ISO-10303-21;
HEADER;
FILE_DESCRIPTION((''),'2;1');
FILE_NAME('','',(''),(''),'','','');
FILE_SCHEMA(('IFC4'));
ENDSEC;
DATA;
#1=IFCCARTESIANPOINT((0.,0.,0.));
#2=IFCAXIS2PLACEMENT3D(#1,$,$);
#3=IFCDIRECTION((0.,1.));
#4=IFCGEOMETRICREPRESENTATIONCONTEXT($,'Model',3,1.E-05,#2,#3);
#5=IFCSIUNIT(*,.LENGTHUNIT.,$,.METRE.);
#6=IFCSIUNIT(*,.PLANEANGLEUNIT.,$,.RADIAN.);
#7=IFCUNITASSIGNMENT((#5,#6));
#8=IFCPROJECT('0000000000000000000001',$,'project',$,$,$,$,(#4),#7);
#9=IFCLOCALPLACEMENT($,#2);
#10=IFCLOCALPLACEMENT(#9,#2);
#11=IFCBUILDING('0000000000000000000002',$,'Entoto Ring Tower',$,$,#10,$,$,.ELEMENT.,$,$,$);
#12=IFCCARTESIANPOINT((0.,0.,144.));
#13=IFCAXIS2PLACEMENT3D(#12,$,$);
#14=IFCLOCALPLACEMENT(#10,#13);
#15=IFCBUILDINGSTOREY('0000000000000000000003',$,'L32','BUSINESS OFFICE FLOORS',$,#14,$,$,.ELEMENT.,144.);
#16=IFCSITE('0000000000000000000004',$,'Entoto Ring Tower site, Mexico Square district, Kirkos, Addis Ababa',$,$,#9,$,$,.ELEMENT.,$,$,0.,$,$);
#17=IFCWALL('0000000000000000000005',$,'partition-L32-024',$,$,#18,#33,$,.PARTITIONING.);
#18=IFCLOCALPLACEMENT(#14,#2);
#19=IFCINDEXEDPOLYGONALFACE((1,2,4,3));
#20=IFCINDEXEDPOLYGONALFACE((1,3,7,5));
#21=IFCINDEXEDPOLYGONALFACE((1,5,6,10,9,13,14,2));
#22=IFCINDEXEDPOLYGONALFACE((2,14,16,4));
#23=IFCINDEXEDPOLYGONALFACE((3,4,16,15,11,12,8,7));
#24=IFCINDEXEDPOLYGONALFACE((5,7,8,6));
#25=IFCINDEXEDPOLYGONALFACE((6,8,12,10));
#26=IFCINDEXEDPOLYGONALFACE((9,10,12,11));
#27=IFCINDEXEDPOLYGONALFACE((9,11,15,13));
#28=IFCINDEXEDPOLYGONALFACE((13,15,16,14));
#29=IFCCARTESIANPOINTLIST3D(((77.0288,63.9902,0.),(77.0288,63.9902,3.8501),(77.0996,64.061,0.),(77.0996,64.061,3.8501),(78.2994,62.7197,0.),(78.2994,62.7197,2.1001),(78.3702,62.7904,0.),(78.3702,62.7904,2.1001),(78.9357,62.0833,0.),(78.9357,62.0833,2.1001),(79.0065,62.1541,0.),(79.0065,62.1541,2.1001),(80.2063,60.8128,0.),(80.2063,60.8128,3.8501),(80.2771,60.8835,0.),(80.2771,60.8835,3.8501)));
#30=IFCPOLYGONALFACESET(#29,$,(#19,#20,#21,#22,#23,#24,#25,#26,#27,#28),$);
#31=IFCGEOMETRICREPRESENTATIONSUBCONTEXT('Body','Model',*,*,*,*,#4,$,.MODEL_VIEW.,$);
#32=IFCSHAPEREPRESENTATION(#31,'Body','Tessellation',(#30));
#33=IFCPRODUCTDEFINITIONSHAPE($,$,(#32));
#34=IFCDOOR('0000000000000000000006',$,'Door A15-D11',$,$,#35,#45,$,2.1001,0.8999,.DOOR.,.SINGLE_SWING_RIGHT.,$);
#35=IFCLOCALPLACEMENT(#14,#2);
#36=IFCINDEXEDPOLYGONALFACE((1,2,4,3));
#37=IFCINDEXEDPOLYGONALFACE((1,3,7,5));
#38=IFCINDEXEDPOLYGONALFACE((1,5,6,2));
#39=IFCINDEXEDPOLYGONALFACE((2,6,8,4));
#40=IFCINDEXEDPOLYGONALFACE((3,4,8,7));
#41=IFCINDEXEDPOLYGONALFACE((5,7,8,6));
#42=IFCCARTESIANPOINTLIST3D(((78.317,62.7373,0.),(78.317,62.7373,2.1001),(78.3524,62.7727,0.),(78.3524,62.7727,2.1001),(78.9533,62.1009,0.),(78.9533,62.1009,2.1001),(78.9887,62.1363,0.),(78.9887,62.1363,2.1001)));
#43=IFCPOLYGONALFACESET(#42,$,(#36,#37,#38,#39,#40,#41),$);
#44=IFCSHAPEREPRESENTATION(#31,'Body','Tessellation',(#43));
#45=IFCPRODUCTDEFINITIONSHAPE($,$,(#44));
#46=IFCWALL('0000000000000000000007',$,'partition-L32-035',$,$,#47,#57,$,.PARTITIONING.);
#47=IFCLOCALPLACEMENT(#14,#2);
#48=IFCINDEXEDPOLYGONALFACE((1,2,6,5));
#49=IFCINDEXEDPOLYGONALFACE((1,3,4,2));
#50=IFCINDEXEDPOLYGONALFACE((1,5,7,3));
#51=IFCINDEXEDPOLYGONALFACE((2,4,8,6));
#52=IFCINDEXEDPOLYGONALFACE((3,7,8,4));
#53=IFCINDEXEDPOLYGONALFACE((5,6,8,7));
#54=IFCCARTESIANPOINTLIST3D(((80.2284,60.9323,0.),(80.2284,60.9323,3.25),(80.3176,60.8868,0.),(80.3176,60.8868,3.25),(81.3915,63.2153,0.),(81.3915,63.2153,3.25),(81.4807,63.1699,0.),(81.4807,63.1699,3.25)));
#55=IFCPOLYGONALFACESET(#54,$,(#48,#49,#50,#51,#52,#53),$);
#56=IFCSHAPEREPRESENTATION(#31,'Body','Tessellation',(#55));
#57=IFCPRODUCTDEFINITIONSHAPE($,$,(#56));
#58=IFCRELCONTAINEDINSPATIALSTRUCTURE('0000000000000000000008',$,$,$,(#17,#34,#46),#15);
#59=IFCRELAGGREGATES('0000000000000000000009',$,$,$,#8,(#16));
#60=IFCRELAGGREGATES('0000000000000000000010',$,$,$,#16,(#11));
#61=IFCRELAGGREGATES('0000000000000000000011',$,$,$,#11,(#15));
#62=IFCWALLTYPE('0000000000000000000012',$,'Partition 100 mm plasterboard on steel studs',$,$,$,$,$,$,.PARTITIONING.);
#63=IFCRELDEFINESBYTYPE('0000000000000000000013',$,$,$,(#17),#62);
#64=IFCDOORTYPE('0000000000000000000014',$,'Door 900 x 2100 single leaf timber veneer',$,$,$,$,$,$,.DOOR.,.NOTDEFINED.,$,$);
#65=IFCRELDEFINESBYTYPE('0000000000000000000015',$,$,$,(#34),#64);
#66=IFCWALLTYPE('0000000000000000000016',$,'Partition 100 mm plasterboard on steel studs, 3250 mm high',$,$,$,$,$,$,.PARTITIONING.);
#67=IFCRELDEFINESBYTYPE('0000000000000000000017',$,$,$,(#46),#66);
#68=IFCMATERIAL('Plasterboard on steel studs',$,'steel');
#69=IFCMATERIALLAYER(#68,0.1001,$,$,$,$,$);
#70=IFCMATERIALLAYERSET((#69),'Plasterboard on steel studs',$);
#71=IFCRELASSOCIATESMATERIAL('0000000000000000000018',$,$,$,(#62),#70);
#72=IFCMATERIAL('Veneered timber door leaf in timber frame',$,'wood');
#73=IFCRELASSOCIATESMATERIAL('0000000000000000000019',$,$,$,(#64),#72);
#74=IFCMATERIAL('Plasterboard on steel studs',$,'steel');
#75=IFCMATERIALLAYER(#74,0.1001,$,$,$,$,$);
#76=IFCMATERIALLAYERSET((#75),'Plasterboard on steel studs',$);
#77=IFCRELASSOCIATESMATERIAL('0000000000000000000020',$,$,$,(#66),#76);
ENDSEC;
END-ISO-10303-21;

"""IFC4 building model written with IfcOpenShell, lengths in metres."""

from ifc_helpers import new_model, si_unit, direction, frame, frame_2d, origin, place, context, subcontext, project, spatial, rectangle, extrude, material, layer, layer_set, type_object, element, fill, save


model = new_model("IFC4")

# Units and contexts
model_context = context("Model", 3, precision=1e-05, world=origin(), true_north=direction((0.0, 1.0)))
body_context = subcontext(model_context, "Body", "Model", "MODEL_VIEW")
ifc_project = project(units=[si_unit("LENGTHUNIT", "METRE"), si_unit("PLANEANGLEUNIT", "RADIAN")], contexts=[model_context])

# Site, building, storey
site_placement = place(None, origin())
site = spatial("IfcSite", under=ifc_project, at=site_placement, Name="Entoto Ring Tower site, Mexico Square district, Kirkos, Addis Ababa", CompositionType="ELEMENT", RefElevation=0.0)
building_placement = place(site_placement, origin())
building = spatial("IfcBuilding", under=site, at=building_placement, Name="Entoto Ring Tower", CompositionType="ELEMENT")
storey_placement = place(building_placement, frame((0.0, 0.0, 144.0)))
storey = spatial("IfcBuildingStorey", under=building, at=storey_placement, Name="L32", Description="BUSINESS OFFICE FLOORS", CompositionType="ELEMENT", Elevation=144.0)

# Wall, opening, door
ifc_material_1 = material(Name="Plasterboard on steel studs", Category="steel")
ifc_layer_1 = layer(ifc_material_1, 0.1001)
ifc_layer_set_1 = layer_set([ifc_layer_1], Name="Plasterboard on steel studs")
wall_type_1 = type_object("IfcWallType", Name="Partition 100 mm plasterboard on steel studs", PredefinedType="PARTITIONING", material=ifc_layer_set_1)
wall_1_placement = place(storey_placement, frame((80.2417, 60.8481, 0.0), z_axis=(0.0, 0.0, 1.0), x_axis=(-0.707107, 0.707107, 0.0)))
wall_1 = element("IfcWall", 1, at=wall_1_placement, inside=storey, type_object=wall_type_1, Name="partition-L32-024", PredefinedType="PARTITIONING", context=body_context, shape_type="SweptSolid", body=[
    extrude(rectangle(XDim=4.4937, YDim=0.1001, at=frame_2d((2.2468, 0.0))), origin(), (0.0, 0.0, 1.0), 3.8501),
])
opening_1_placement = place(wall_1_placement, frame((1.7969, 0.0, 0.0)))
opening_1 = element("IfcOpeningElement", 2, at=opening_1_placement, cuts=wall_1, PredefinedType="OPENING", context=body_context, shape_type="SweptSolid", body=[
    extrude(rectangle(XDim=0.8999, YDim=2.1001, at=frame_2d((0.45, 1.05))), frame((0.0, 0.0601, 0.0), z_axis=(0.0, -1.0, 0.0), x_axis=(1.0, 0.0, 0.0)), (0.0, 0.0, 1.0), 0.1201),
])
ifc_material_2 = material(Name="Veneered timber door leaf in timber frame", Category="wood")
door_type_1 = type_object("IfcDoorType", Name="Door 900 x 2100 single leaf timber veneer", OperationType="NOTDEFINED", PredefinedType="DOOR", material=ifc_material_2)
door_1_placement = place(opening_1_placement, frame((0.8999, 0.0, 0.0), z_axis=(0.0, 0.0, 1.0), x_axis=(-1.0, 0.0, 0.0)))
door_1 = element("IfcDoor", 3, at=door_1_placement, inside=storey, type_object=door_type_1, Name="Door A15-D11", OperationType="SINGLE_SWING_RIGHT", OverallHeight=2.1001, OverallWidth=0.8999, PredefinedType="DOOR", context=body_context, shape_type="SweptSolid", body=[
    extrude(rectangle(XDim=0.8999, YDim=2.1001, at=frame_2d((0.45, 1.05))), frame((0.0, 0.0249, 0.0), z_axis=(0.0, -1.0, 0.0), x_axis=(1.0, 0.0, 0.0)), (0.0, 0.0, 1.0), 0.05),
])
fill(opening_1, door_1)

# Wall
ifc_material_3 = material(Name="Plasterboard on steel studs", Category="steel")
ifc_layer_2 = layer(ifc_material_3, 0.1001)
ifc_layer_set_2 = layer_set([ifc_layer_2], Name="Plasterboard on steel studs")
wall_type_2 = type_object("IfcWallType", Name="Partition 100 mm plasterboard on steel studs, 3250 mm high", PredefinedType="PARTITIONING", material=ifc_layer_set_2)
wall_2_placement = place(storey_placement, frame((80.2729, 60.9094, 0.0), z_axis=(0.0, 0.0, 1.0), x_axis=(0.453947, 0.891029, 0.0)))
element("IfcWall", 4, at=wall_2_placement, inside=storey, type_object=wall_type_2, Name="partition-L32-035", PredefinedType="PARTITIONING", context=body_context, shape_type="SweptSolid", body=[
    extrude(rectangle(XDim=2.5623, YDim=0.1001, at=frame_2d((1.2812, 0.0))), origin(), (0.0, 0.0, 1.0), 3.25),
])

save(model, "model.ifc")
